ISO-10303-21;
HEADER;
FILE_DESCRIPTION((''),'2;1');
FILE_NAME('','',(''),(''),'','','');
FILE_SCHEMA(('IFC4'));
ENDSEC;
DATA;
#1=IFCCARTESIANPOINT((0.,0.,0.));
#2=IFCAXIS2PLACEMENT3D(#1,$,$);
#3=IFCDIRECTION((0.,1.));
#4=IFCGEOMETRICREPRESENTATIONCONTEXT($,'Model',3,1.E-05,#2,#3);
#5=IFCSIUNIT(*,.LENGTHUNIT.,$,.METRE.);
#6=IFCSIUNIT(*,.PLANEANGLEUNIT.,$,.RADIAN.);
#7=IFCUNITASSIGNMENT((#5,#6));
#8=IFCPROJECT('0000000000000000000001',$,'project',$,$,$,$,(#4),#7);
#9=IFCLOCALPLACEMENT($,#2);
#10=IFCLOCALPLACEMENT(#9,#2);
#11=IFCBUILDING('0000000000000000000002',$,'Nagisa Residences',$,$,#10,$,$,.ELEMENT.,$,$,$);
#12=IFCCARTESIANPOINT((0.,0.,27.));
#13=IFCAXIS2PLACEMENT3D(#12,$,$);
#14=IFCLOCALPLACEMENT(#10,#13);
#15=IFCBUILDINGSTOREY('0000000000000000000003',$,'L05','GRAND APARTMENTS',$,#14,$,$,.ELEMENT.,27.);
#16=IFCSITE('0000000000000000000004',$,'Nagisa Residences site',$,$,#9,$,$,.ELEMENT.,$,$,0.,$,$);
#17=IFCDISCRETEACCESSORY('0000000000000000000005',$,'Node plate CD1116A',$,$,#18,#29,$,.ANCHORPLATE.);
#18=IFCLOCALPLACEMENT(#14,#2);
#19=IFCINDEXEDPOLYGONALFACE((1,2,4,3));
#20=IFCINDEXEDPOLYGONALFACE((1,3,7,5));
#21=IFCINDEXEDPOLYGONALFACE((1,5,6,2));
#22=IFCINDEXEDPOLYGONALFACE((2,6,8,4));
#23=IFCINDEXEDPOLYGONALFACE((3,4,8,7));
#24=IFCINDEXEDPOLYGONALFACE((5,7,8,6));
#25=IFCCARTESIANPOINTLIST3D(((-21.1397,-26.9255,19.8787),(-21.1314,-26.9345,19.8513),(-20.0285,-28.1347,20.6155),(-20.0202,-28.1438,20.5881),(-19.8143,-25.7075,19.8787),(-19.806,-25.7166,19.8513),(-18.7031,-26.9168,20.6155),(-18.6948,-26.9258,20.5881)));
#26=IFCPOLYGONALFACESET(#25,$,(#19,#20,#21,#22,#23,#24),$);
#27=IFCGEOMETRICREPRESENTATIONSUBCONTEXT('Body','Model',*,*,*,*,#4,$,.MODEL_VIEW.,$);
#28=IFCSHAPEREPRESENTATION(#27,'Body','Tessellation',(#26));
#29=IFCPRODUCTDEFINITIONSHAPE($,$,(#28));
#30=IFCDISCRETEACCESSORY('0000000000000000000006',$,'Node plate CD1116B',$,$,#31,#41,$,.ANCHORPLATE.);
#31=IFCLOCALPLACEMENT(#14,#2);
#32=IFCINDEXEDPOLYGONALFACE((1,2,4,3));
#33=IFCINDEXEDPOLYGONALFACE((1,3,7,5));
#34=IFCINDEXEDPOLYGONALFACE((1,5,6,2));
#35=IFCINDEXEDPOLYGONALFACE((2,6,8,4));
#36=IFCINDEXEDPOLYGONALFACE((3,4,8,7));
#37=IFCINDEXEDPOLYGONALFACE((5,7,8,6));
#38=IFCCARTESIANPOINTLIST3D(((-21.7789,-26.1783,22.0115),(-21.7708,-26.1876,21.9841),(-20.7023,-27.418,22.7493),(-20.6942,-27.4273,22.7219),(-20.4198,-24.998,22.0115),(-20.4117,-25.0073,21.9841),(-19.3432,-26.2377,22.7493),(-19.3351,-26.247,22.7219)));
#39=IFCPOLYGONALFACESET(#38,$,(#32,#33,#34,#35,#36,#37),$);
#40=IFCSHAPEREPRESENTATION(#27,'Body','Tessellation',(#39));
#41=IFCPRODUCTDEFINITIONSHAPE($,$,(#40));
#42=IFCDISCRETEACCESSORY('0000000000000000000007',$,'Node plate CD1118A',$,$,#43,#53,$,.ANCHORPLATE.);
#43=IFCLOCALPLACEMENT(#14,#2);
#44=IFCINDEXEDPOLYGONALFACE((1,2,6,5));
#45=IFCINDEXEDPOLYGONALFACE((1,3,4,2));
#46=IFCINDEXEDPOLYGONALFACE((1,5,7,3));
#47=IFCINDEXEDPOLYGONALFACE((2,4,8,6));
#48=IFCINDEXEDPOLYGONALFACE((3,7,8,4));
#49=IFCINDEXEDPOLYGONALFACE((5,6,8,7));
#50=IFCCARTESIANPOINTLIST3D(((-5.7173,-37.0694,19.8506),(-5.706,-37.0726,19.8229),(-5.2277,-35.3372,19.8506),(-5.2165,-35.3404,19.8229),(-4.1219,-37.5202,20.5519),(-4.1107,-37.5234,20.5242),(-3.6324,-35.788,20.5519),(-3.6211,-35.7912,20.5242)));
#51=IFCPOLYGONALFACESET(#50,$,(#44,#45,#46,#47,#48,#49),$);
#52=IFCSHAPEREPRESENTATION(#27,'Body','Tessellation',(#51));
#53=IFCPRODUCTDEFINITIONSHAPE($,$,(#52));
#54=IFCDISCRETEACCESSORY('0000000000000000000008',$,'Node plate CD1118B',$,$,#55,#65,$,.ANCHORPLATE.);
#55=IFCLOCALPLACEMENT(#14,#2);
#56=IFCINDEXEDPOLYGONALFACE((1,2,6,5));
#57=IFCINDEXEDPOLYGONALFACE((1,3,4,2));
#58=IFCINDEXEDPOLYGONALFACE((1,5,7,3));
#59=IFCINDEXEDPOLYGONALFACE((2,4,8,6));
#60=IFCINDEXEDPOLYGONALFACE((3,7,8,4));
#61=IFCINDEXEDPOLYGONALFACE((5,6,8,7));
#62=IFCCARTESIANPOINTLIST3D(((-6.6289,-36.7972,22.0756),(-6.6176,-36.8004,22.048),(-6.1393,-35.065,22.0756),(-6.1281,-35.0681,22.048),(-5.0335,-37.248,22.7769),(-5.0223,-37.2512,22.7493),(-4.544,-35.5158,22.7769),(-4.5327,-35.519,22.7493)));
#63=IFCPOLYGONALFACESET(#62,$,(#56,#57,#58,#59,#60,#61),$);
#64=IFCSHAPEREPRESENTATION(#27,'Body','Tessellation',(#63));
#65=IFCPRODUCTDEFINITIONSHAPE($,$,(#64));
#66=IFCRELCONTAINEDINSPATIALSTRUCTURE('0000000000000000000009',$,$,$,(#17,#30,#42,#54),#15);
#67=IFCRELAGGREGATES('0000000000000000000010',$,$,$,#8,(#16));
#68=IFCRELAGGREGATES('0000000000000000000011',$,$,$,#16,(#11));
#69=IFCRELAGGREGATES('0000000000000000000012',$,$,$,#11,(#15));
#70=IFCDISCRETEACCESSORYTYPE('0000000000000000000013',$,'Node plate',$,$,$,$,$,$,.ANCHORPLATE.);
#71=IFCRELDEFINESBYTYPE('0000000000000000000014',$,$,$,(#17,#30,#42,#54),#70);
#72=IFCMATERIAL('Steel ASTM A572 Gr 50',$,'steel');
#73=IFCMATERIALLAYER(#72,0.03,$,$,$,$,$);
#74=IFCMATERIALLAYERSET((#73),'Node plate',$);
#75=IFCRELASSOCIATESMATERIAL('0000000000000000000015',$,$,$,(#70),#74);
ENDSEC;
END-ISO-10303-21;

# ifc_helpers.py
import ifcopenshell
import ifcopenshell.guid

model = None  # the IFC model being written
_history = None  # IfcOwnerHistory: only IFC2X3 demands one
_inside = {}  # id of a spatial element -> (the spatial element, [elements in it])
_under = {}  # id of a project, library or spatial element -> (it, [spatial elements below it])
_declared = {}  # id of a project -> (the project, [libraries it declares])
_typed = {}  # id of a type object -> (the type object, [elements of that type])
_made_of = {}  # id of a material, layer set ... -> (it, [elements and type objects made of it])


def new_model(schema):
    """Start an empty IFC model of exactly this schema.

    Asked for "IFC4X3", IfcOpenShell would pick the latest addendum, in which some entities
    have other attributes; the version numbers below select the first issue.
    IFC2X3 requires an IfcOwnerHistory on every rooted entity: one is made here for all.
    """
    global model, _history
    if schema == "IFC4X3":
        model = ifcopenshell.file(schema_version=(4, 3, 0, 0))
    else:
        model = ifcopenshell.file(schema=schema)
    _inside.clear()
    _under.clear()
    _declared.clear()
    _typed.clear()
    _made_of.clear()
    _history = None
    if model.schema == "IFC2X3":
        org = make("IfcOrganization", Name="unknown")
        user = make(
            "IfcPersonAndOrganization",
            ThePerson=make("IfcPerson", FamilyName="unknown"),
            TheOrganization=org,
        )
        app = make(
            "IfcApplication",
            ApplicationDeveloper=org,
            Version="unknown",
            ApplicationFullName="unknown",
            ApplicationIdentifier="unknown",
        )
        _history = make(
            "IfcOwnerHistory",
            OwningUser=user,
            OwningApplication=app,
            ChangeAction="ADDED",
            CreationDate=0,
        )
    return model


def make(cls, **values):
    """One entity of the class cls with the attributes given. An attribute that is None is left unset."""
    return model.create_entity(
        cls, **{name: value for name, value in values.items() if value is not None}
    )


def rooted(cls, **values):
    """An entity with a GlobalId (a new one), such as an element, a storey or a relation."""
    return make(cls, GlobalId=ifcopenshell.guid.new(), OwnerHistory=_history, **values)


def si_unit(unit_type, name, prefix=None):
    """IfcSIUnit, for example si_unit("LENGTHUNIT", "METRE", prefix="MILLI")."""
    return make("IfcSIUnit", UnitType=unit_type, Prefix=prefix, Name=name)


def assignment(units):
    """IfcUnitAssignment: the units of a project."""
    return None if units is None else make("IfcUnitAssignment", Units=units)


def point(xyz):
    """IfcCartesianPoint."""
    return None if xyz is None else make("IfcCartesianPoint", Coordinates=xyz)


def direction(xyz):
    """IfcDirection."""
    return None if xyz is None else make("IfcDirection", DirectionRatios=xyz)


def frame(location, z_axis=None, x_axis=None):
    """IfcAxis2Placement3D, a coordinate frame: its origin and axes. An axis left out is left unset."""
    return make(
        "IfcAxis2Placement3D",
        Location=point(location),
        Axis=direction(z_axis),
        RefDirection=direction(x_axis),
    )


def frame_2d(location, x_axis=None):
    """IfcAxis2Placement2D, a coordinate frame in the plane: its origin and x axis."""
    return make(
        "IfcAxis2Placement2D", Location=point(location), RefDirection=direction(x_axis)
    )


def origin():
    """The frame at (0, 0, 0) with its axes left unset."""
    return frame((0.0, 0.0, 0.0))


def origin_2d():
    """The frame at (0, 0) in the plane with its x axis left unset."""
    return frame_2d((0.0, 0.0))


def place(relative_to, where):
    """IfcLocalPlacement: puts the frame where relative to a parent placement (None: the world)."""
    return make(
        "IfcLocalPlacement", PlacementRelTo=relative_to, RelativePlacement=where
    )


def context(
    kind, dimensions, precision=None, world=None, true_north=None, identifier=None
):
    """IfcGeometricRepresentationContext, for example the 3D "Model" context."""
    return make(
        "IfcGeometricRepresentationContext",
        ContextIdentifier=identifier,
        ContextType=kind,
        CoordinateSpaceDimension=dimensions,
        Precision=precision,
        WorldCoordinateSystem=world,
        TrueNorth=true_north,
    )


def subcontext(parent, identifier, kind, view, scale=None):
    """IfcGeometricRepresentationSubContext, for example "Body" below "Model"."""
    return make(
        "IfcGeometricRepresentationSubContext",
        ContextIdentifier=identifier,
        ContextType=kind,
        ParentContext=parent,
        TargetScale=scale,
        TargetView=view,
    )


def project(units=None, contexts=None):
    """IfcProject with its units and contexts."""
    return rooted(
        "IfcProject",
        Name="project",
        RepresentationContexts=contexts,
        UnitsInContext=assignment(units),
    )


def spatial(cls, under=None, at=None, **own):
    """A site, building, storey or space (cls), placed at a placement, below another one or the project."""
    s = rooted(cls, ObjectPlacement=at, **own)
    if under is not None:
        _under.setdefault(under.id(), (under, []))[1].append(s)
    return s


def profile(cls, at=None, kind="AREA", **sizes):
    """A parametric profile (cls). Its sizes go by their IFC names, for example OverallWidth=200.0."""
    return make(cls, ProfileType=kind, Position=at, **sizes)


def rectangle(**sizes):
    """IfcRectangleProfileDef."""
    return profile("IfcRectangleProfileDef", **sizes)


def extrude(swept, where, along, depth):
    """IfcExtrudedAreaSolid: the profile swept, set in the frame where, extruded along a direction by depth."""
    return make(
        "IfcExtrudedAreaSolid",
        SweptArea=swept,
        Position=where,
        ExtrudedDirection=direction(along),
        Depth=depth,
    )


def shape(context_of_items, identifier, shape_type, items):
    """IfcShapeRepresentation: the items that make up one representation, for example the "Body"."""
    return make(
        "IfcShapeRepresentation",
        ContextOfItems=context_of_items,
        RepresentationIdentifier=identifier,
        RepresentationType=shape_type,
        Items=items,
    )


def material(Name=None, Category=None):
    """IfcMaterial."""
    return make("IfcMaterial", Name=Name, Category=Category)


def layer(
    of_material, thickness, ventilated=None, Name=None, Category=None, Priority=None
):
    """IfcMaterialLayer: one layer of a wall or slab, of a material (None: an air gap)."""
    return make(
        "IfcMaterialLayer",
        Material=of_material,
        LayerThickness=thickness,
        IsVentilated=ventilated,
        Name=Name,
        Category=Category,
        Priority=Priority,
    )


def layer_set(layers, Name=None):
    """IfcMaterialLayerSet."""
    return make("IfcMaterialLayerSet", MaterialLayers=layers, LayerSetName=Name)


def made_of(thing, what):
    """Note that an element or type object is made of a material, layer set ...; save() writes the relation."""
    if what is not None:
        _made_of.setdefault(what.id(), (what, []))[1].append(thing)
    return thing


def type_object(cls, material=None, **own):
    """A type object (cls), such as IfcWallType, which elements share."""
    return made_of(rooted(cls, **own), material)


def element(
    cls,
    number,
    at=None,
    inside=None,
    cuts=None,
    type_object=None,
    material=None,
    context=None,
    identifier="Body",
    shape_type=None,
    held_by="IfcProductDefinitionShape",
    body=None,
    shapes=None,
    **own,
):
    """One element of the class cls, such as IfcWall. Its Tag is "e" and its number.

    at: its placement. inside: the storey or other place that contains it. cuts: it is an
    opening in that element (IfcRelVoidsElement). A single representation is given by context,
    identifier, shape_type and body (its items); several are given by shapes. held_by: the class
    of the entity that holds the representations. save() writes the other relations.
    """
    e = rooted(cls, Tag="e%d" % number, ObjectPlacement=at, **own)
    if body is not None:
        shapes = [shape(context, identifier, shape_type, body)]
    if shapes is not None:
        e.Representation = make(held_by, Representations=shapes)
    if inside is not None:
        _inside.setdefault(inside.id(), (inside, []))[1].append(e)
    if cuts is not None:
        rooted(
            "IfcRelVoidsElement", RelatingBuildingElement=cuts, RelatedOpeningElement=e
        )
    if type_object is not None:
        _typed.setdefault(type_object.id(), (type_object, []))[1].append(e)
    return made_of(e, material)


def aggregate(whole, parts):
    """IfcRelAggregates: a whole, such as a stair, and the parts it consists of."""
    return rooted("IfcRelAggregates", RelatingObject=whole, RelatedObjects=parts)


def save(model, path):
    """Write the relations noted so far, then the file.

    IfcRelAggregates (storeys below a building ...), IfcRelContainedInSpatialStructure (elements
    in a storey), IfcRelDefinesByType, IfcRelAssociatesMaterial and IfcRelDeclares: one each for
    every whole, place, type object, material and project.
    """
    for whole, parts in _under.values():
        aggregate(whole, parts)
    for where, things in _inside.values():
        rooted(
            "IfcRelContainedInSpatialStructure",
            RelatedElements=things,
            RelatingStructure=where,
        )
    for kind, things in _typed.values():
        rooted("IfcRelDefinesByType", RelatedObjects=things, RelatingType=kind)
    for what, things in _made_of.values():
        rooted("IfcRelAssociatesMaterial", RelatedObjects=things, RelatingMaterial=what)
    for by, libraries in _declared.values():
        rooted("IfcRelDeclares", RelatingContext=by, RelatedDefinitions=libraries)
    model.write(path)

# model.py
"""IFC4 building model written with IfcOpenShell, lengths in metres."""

from ifc_helpers import new_model, si_unit, direction, frame, origin, origin_2d, place, context, subcontext, project, spatial, rectangle, extrude, material, layer, layer_set, type_object, element, save


model = new_model("IFC4")

# Units and contexts
model_context = context("Model", 3, precision=1e-05, world=origin(), true_north=direction((0.0, 1.0)))
body_context = subcontext(model_context, "Body", "Model", "MODEL_VIEW")
ifc_project = project(units=[si_unit("LENGTHUNIT", "METRE"), si_unit("PLANEANGLEUNIT", "RADIAN")], contexts=[model_context])

# Site, building, storey
site_placement = place(None, origin())
site = spatial("IfcSite", under=ifc_project, at=site_placement, Name="Nagisa Residences site", CompositionType="ELEMENT", RefElevation=0.0)
building_placement = place(site_placement, origin())
building = spatial("IfcBuilding", under=site, at=building_placement, Name="Nagisa Residences", CompositionType="ELEMENT")
storey_placement = place(building_placement, frame((0.0, 0.0, 27.0)))
storey = spatial("IfcBuildingStorey", under=building, at=storey_placement, Name="L05", Description="GRAND APARTMENTS", CompositionType="ELEMENT", Elevation=27.0)

# Discrete accessories
ifc_material_1 = material(Name="Steel ASTM A572 Gr 50", Category="steel")
ifc_layer_1 = layer(ifc_material_1, 0.03)
ifc_layer_set_1 = layer_set([ifc_layer_1], Name="Node plate")
discrete_accessory_type = type_object("IfcDiscreteAccessoryType", Name="Node plate", PredefinedType="ANCHORPLATE", material=ifc_layer_set_1)
for number, where, z_axis, x_axis, name in (
    (1, (-19.9131, -26.9302, 20.2197), (-0.276973, 0.301411, 0.91238), (-0.736328, -0.676625, 0.0), "Node plate CD1116A"),
    (2, (-20.561, -26.208, 22.3804), (0.268755, -0.309475, -0.912138), (0.755033, 0.655687, 0.0), "Node plate CD1116B"),
    (3, (-4.6636, -36.4319, 20.1736), (-0.374914, 0.105954, 0.920985), (-0.271957, -0.962309, 0.0), "Node plate CD1118A"),
    (4, (-5.5864, -36.1565, 22.4263), (0.374914, -0.105954, -0.920985), (0.271957, 0.962309, 0.0), "Node plate CD1118B"),
):
    element("IfcDiscreteAccessory", number, at=place(storey_placement, frame(where, z_axis=z_axis, x_axis=x_axis)), inside=storey, type_object=discrete_accessory_type, Name=name, PredefinedType="ANCHORPLATE", context=body_context, shape_type="SweptSolid", body=[
        extrude(rectangle(XDim=1.8, YDim=1.8, at=origin_2d()), origin(), (0.0, 0.0, 1.0), 0.03),
    ])

save(model, "model.ifc")
